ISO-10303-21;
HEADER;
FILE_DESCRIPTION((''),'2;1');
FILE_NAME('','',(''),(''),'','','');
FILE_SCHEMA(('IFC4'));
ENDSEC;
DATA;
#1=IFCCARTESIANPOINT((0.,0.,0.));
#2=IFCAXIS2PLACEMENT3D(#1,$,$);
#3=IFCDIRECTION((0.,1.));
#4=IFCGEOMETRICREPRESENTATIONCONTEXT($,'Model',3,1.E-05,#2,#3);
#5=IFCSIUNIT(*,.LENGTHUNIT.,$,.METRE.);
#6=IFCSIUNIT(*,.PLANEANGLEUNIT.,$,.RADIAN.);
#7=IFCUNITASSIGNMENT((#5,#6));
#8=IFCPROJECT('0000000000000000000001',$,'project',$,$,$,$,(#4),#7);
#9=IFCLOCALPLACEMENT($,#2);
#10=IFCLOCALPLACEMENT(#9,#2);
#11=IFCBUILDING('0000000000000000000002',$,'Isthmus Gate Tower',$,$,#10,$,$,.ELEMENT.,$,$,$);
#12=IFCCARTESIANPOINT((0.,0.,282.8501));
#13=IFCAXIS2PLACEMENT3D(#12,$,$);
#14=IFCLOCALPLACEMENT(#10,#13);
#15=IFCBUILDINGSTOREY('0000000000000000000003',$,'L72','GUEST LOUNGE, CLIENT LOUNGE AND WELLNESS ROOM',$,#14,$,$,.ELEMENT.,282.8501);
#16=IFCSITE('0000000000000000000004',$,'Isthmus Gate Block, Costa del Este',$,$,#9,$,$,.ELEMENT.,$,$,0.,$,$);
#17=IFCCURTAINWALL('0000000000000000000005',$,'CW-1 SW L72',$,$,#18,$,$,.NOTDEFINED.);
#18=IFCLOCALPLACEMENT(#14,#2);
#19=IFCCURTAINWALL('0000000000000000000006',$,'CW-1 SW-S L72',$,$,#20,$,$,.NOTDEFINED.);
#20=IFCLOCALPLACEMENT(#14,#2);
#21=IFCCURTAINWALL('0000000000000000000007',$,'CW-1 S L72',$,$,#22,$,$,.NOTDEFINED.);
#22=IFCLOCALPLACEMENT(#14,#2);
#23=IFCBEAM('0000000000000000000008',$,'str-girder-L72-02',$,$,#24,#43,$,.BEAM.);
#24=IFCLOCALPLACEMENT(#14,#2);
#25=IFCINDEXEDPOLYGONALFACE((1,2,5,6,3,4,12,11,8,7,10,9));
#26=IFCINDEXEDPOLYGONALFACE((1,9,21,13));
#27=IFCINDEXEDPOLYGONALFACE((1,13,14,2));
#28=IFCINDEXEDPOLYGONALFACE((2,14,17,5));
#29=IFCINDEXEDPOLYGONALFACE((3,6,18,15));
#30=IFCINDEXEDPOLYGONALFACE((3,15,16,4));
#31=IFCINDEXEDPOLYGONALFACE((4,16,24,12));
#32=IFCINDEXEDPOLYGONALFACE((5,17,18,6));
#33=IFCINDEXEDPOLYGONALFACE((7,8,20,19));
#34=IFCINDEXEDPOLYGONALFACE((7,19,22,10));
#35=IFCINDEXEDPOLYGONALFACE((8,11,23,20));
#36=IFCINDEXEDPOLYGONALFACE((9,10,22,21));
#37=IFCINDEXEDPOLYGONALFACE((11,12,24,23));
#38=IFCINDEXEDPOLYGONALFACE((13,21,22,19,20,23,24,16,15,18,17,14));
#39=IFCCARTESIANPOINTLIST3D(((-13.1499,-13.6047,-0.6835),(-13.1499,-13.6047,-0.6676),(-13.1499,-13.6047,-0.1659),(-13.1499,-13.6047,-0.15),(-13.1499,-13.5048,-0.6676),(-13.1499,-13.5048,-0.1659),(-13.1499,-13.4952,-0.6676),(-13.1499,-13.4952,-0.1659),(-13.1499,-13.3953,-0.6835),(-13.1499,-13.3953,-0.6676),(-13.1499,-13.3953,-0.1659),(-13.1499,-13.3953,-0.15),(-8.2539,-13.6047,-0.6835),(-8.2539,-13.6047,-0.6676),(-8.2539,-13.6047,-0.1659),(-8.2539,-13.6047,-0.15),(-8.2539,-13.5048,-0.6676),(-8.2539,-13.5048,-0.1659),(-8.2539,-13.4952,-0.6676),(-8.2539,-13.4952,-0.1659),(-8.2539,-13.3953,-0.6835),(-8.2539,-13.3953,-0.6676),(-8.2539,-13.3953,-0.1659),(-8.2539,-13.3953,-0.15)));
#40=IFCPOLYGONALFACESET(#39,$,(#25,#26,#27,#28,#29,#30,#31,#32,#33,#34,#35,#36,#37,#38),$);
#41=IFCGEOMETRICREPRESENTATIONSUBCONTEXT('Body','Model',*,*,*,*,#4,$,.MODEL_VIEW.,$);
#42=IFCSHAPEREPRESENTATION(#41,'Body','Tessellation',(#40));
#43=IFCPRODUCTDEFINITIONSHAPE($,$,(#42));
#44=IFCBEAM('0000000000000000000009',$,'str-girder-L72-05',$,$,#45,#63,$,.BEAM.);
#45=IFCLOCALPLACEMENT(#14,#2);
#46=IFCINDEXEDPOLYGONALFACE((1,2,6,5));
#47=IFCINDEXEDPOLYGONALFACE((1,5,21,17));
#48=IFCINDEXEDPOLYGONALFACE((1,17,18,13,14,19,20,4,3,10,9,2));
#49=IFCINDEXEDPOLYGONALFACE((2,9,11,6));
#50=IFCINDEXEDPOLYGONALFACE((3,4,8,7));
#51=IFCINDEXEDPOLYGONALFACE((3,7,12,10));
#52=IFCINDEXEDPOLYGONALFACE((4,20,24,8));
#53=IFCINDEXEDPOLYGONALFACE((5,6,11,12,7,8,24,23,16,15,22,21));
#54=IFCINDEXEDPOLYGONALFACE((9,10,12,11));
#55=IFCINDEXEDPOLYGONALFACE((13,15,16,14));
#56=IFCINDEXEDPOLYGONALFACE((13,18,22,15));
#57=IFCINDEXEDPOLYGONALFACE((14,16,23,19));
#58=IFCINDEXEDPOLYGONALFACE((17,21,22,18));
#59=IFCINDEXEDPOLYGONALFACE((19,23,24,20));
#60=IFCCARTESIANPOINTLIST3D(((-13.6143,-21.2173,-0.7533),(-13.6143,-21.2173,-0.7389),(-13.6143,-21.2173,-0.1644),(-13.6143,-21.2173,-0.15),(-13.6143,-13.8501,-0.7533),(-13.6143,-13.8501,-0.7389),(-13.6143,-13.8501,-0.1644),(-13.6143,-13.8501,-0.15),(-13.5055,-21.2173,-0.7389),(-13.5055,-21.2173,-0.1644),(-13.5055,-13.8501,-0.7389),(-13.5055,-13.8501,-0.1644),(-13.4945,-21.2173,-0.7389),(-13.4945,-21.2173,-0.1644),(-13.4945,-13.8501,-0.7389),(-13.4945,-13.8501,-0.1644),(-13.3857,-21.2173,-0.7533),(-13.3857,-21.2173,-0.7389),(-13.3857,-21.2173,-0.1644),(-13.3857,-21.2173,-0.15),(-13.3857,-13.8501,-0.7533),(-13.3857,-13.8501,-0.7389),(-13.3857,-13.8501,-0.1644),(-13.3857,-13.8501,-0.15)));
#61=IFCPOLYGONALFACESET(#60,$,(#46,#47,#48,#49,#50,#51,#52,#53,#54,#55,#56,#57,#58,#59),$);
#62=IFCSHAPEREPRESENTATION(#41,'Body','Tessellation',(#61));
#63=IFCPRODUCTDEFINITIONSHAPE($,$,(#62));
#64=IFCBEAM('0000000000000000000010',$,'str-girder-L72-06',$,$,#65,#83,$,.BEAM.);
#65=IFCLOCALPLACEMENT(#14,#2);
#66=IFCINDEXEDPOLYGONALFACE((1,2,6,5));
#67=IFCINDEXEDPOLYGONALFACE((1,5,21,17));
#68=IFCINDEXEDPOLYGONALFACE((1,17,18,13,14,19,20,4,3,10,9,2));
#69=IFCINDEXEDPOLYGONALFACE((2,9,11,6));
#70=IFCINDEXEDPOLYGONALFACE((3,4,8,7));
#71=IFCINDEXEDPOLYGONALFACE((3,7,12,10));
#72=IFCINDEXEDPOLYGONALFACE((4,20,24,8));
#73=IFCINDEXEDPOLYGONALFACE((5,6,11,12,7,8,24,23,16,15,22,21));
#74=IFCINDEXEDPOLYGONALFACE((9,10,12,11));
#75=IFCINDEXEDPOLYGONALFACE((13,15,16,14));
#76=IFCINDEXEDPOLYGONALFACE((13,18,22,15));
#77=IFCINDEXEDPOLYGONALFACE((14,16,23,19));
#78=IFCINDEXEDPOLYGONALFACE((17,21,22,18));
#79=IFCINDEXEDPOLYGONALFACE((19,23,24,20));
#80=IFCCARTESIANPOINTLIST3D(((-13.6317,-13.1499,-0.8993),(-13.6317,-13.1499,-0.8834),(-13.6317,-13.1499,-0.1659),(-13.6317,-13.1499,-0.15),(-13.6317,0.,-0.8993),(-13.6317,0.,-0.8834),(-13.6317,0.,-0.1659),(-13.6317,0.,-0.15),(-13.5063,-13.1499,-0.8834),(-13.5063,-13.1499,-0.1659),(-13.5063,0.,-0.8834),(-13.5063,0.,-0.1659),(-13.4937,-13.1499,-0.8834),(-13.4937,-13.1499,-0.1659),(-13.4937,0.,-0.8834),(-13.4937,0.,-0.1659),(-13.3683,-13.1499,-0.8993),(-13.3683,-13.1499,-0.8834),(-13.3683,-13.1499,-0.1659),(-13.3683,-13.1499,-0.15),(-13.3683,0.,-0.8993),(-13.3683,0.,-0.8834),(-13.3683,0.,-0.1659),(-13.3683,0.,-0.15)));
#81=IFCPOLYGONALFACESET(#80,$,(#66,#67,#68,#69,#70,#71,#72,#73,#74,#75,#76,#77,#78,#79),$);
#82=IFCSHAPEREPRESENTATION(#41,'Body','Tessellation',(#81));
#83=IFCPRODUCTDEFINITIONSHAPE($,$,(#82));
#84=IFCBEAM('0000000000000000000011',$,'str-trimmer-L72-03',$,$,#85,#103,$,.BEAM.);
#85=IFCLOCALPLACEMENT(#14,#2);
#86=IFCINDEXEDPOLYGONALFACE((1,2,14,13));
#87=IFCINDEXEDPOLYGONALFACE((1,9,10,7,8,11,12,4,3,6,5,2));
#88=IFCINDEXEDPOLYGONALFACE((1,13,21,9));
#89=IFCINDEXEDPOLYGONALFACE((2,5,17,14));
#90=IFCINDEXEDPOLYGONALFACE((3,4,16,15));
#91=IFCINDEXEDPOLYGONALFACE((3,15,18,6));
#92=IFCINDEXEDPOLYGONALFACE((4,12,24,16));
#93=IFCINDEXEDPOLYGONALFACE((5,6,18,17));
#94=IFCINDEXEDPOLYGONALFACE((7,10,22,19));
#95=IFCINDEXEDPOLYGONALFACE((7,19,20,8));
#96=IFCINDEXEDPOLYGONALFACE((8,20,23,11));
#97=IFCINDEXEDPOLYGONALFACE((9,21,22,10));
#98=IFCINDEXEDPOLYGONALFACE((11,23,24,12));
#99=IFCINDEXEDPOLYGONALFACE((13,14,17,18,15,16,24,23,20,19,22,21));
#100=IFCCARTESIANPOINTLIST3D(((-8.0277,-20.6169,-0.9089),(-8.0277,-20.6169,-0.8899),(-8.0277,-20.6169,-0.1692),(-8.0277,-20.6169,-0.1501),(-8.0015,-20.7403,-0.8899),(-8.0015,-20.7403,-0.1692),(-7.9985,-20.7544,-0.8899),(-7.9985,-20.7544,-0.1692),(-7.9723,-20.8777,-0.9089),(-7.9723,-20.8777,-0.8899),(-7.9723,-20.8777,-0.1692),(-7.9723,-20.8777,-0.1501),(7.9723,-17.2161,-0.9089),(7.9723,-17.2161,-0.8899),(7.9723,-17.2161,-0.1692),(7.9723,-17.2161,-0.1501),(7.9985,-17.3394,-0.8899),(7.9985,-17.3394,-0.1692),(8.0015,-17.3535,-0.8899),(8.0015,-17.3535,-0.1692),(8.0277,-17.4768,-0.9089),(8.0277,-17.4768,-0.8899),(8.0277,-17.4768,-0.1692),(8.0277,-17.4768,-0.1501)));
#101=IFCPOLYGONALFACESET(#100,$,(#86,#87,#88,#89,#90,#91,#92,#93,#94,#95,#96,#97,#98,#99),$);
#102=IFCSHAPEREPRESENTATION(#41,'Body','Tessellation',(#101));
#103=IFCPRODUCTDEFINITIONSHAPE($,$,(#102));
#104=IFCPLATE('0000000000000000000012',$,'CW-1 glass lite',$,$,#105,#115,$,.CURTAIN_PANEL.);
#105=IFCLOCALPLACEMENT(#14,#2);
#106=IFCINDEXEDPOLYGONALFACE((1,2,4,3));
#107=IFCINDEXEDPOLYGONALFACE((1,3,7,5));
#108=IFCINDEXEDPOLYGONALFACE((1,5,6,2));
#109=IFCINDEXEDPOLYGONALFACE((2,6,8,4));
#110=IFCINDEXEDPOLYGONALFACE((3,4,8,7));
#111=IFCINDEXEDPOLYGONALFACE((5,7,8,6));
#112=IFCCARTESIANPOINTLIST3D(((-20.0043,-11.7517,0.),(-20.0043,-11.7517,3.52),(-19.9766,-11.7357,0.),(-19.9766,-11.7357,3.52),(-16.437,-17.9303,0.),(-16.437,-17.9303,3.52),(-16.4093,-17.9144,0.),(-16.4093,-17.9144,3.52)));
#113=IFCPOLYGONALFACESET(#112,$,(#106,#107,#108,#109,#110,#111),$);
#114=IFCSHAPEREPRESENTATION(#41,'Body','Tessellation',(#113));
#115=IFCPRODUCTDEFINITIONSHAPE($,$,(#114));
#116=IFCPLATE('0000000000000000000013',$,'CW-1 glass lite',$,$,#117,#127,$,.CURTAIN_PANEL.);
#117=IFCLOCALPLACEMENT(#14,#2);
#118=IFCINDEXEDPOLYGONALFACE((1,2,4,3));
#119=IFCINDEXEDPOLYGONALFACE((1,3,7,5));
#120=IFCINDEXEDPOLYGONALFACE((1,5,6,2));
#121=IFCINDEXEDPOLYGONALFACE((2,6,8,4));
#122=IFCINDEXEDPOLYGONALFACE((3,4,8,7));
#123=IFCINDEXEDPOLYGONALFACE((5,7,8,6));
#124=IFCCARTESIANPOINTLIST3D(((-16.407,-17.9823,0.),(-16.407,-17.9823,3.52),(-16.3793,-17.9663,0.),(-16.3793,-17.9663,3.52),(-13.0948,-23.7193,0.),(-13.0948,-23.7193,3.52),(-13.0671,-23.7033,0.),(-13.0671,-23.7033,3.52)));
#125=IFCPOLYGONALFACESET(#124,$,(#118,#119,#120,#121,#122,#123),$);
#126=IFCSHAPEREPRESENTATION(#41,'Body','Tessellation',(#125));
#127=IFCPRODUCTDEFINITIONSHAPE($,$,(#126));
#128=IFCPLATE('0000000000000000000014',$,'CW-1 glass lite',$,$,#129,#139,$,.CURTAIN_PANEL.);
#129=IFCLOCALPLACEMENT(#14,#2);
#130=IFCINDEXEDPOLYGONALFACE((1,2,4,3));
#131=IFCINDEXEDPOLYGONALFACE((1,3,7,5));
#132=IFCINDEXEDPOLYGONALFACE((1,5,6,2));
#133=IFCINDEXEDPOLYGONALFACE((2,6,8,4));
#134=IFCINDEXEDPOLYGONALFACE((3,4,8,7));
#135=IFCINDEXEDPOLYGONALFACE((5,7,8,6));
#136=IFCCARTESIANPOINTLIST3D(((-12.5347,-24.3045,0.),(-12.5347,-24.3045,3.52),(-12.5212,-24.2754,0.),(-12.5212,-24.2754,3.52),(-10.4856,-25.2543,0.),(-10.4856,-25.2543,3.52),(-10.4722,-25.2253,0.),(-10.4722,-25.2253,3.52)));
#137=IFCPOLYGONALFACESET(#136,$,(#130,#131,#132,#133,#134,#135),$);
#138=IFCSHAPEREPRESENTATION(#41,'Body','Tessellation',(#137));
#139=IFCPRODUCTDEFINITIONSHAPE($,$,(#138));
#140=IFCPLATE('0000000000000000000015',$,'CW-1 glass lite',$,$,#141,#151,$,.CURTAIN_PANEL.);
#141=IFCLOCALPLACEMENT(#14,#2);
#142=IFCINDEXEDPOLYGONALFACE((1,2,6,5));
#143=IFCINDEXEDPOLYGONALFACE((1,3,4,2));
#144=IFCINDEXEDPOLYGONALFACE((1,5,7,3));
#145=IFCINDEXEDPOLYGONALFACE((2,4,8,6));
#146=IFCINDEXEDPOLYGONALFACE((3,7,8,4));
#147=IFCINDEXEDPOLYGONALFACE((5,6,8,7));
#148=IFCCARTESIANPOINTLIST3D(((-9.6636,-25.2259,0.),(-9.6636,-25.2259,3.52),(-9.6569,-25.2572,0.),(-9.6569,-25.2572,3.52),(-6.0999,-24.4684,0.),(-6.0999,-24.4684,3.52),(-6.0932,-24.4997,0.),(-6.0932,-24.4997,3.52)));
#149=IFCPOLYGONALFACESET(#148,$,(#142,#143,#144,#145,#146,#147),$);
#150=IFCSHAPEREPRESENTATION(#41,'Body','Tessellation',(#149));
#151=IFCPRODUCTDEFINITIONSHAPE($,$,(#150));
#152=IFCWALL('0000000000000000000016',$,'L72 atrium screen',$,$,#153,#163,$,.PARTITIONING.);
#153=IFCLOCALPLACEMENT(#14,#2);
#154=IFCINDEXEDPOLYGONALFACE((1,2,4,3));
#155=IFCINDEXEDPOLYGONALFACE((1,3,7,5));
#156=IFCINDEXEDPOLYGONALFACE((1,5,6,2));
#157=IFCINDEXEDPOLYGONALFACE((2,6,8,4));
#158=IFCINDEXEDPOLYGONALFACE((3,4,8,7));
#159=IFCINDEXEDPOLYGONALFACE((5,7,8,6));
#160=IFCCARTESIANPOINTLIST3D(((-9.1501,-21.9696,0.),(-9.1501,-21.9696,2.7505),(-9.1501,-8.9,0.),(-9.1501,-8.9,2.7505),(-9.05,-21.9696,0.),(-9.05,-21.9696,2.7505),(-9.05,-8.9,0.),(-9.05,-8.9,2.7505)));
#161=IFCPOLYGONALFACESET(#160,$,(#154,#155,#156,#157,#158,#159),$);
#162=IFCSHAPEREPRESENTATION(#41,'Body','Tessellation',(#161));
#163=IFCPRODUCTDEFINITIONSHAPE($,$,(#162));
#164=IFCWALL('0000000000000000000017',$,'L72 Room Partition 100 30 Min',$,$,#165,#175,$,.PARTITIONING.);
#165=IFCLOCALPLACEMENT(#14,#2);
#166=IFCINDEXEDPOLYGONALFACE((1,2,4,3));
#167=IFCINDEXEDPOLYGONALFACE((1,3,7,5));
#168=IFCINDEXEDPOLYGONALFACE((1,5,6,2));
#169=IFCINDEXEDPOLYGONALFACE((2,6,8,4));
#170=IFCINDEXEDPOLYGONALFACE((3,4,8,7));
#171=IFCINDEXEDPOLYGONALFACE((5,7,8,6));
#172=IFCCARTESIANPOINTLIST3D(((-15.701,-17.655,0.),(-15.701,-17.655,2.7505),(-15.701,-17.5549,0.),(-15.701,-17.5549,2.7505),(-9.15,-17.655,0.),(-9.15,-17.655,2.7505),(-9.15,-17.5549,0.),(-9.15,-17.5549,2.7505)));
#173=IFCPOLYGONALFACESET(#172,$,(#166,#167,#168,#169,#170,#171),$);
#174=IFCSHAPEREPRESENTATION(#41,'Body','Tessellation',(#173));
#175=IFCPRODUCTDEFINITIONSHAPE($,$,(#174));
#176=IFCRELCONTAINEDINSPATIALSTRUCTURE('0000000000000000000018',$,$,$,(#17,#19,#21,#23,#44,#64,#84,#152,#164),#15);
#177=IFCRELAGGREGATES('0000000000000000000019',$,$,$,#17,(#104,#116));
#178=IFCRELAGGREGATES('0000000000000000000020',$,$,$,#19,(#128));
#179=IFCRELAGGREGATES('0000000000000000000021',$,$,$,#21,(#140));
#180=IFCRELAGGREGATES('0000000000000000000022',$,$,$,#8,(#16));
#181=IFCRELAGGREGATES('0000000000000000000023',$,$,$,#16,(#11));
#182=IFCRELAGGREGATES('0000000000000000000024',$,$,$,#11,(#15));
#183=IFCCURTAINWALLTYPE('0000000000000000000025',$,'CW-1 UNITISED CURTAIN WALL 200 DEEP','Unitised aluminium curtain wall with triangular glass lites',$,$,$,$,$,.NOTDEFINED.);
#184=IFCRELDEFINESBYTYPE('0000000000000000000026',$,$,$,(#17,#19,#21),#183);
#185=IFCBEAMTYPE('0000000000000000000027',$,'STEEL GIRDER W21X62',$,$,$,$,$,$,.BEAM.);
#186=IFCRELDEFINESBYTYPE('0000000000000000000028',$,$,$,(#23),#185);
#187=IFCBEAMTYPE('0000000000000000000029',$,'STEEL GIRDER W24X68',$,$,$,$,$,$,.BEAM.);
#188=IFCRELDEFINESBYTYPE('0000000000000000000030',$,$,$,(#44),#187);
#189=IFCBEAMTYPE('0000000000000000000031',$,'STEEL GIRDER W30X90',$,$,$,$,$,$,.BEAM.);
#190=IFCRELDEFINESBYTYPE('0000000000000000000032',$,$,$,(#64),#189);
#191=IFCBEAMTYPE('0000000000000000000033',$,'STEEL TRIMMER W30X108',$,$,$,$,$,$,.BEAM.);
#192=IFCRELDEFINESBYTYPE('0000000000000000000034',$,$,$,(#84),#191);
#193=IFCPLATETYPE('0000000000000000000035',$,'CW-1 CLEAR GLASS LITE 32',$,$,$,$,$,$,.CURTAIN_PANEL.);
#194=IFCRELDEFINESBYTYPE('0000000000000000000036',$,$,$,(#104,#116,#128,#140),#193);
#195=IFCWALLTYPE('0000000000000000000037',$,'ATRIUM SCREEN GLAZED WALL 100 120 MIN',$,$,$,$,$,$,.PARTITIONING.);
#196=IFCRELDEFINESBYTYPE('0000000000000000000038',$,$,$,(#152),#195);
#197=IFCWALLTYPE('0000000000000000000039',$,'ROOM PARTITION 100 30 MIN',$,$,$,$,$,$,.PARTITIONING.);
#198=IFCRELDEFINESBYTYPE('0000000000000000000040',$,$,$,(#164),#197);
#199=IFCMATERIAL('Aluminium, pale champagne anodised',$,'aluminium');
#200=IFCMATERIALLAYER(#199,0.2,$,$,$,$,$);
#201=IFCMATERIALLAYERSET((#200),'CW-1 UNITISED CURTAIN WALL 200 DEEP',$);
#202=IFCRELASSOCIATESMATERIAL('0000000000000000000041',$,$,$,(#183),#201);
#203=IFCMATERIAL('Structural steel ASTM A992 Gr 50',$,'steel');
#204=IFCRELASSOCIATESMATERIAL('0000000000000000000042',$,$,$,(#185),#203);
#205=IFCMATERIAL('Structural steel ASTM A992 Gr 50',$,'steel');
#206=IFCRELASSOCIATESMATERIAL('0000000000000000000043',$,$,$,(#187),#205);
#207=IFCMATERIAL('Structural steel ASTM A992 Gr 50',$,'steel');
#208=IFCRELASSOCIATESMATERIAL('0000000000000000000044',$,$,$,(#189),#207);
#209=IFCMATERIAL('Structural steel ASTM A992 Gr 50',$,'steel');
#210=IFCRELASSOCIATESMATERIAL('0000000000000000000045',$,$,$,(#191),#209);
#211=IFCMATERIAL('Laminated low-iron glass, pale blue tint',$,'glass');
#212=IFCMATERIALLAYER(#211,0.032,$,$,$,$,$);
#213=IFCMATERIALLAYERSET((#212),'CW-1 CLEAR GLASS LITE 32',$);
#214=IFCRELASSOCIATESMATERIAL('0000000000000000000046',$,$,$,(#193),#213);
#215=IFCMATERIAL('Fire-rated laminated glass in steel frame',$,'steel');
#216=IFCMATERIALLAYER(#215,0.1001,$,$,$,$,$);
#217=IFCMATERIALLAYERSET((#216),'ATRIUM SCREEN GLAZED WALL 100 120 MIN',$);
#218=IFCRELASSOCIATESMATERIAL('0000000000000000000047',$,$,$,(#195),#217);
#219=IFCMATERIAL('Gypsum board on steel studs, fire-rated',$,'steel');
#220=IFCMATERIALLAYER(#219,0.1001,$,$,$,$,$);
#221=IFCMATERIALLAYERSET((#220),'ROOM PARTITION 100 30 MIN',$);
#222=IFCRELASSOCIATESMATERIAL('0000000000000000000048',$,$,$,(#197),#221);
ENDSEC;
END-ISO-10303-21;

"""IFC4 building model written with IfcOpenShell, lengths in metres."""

from ifc_helpers import new_model, si_unit, direction, frame, frame_2d, origin, origin_2d, place, context, subcontext, project, spatial, rectangle, i_section, extrude, material, layer, layer_set, material_profile, profile_set, type_object, element, aggregate, save


model = new_model("IFC4")

# Units and contexts
model_context = context("Model", 3, precision=1e-05, world=origin(), true_north=direction((0.0, 1.0)))
body_context = subcontext(model_context, "Body", "Model", "MODEL_VIEW")
ifc_project = project(units=[si_unit("LENGTHUNIT", "METRE"), si_unit("PLANEANGLEUNIT", "RADIAN")], contexts=[model_context])

# Site, building, storey
site_placement = place(None, origin())
site = spatial("IfcSite", under=ifc_project, at=site_placement, Name="Isthmus Gate Block, Costa del Este", CompositionType="ELEMENT", RefElevation=0.0)
building_placement = place(site_placement, origin())
building = spatial("IfcBuilding", under=site, at=building_placement, Name="Isthmus Gate Tower", CompositionType="ELEMENT")
storey_placement = place(building_placement, frame((0.0, 0.0, 282.8501)))
storey = spatial("IfcBuildingStorey", under=building, at=storey_placement, Name="L72", Description="GUEST LOUNGE, CLIENT LOUNGE AND WELLNESS ROOM", CompositionType="ELEMENT", Elevation=282.8501)

# Curtain walls
ifc_material_1 = material(Name="Aluminium, pale champagne anodised", Category="aluminium")
ifc_layer_1 = layer(ifc_material_1, 0.2)
ifc_layer_set_1 = layer_set([ifc_layer_1], Name="CW-1 UNITISED CURTAIN WALL 200 DEEP")
curtain_wall_type = type_object("IfcCurtainWallType", Name="CW-1 UNITISED CURTAIN WALL 200 DEEP", Description="Unitised aluminium curtain wall with triangular glass lites", PredefinedType="NOTDEFINED", material=ifc_layer_set_1)
curtain_wall_1_placement = place(storey_placement, origin())
curtain_wall_1 = element("IfcCurtainWall", 1, at=curtain_wall_1_placement, inside=storey, type_object=curtain_wall_type, Name="CW-1 SW L72", PredefinedType="NOTDEFINED")
curtain_wall_2_placement = place(storey_placement, origin())
curtain_wall_2 = element("IfcCurtainWall", 2, at=curtain_wall_2_placement, inside=storey, type_object=curtain_wall_type, Name="CW-1 SW-S L72", PredefinedType="NOTDEFINED")

# Curtain wall
curtain_wall_3_placement = place(storey_placement, origin())
curtain_wall_3 = element("IfcCurtainWall", 3, at=curtain_wall_3_placement, inside=storey, type_object=curtain_wall_type, Name="CW-1 S L72", PredefinedType="NOTDEFINED")

# Beams
ifc_material_2 = material(Name="Structural steel ASTM A992 Gr 50", Category="steel")
ifc_material_profile_1 = material_profile(ifc_material_2, i_section(OverallWidth=0.2095, OverallDepth=0.5334, WebThickness=0.0095, FlangeThickness=0.0159, at=origin_2d()), Name="W21X62")
ifc_profile_set_1 = profile_set([ifc_material_profile_1], Name="Structural steel ASTM A992 Gr 50")
beam_type_1 = type_object("IfcBeamType", Name="STEEL GIRDER W21X62", PredefinedType="BEAM", material=ifc_profile_set_1)
beam_1_placement = place(storey_placement, frame((-13.1499, -13.5, -0.4167), z_axis=(1.0, 0.0, 0.0), x_axis=(0.0, 1.0, 0.0)))
element("IfcBeam", 4, at=beam_1_placement, inside=storey, type_object=beam_type_1, Name="str-girder-L72-02", PredefinedType="BEAM", context=body_context, shape_type="SweptSolid", body=[
    extrude(i_section(OverallWidth=0.2095, OverallDepth=0.5334, WebThickness=0.0095, FlangeThickness=0.0159, at=origin_2d()), origin(), (0.0, 0.0, 1.0), 4.896),
])
ifc_material_3 = material(Name="Structural steel ASTM A992 Gr 50", Category="steel")
ifc_material_profile_2 = material_profile(ifc_material_3, i_section(OverallWidth=0.2285, OverallDepth=0.6033, WebThickness=0.011, FlangeThickness=0.0144, at=origin_2d()), Name="W24X68")
ifc_profile_set_2 = profile_set([ifc_material_profile_2], Name="Structural steel ASTM A992 Gr 50")
beam_type_2 = type_object("IfcBeamType", Name="STEEL GIRDER W24X68", PredefinedType="BEAM", material=ifc_profile_set_2)
beam_2_placement = place(storey_placement, frame((-13.5, -21.2173, -0.4517), z_axis=(0.0, 1.0, 0.0), x_axis=(-1.0, 0.0, 0.0)))
element("IfcBeam", 5, at=beam_2_placement, inside=storey, type_object=beam_type_2, Name="str-girder-L72-05", PredefinedType="BEAM", context=body_context, shape_type="SweptSolid", body=[
    extrude(i_section(OverallWidth=0.2285, OverallDepth=0.6033, WebThickness=0.011, FlangeThickness=0.0144, at=origin_2d()), origin(), (0.0, 0.0, 1.0), 7.3672),
])
ifc_material_4 = material(Name="Structural steel ASTM A992 Gr 50", Category="steel")
ifc_material_profile_3 = material_profile(ifc_material_4, i_section(OverallWidth=0.2634, OverallDepth=0.7493, WebThickness=0.0127, FlangeThickness=0.0159, at=origin_2d()), Name="W30X90")
ifc_profile_set_3 = profile_set([ifc_material_profile_3], Name="Structural steel ASTM A992 Gr 50")
beam_type_3 = type_object("IfcBeamType", Name="STEEL GIRDER W30X90", PredefinedType="BEAM", material=ifc_profile_set_3)
beam_3_placement = place(storey_placement, frame((-13.5, -13.1499, -0.5247), z_axis=(0.0, 1.0, 0.0), x_axis=(-1.0, 0.0, 0.0)))
element("IfcBeam", 6, at=beam_3_placement, inside=storey, type_object=beam_type_3, Name="str-girder-L72-06", PredefinedType="BEAM", context=body_context, shape_type="SweptSolid", body=[
    extrude(i_section(OverallWidth=0.2634, OverallDepth=0.7493, WebThickness=0.0127, FlangeThickness=0.0159, at=origin_2d()), origin(), (0.0, 0.0, 1.0), 13.1499),
])
ifc_material_5 = material(Name="Structural steel ASTM A992 Gr 50", Category="steel")
ifc_material_profile_4 = material_profile(ifc_material_5, i_section(OverallWidth=0.2666, OverallDepth=0.7588, WebThickness=0.0144, FlangeThickness=0.019, at=origin_2d()), Name="W30X108")
ifc_profile_set_4 = profile_set([ifc_material_profile_4], Name="Structural steel ASTM A992 Gr 50")
beam_type_4 = type_object("IfcBeamType", Name="STEEL TRIMMER W30X108", PredefinedType="BEAM", material=ifc_profile_set_4)
beam_4_placement = place(storey_placement, frame((-8.0, -20.7473, -0.5295), z_axis=(0.978148, 0.20791, 0.0), x_axis=(-0.20791, 0.978148, 0.0)))
element("IfcBeam", 7, at=beam_4_placement, inside=storey, type_object=beam_type_4, Name="str-trimmer-L72-03", PredefinedType="BEAM", context=body_context, shape_type="SweptSolid", body=[
    extrude(i_section(OverallWidth=0.2666, OverallDepth=0.7588, WebThickness=0.0144, FlangeThickness=0.019, at=origin_2d()), origin(), (0.0, 0.0, 1.0), 16.3574),
])

# Plates
ifc_material_6 = material(Name="Laminated low-iron glass, pale blue tint", Category="glass")
ifc_layer_2 = layer(ifc_material_6, 0.032)
ifc_layer_set_2 = layer_set([ifc_layer_2], Name="CW-1 CLEAR GLASS LITE 32")
plate_type = type_object("IfcPlateType", Name="CW-1 CLEAR GLASS LITE 32", PredefinedType="CURTAIN_PANEL", material=ifc_layer_set_2)
plate_1_placement = place(storey_placement, frame((-18.2068, -14.833, 0.0), z_axis=(0.0, 0.0, 1.0), x_axis=(0.5, -0.866025, 0.0)))
plate_1 = element("IfcPlate", 8, at=plate_1_placement, type_object=plate_type, Name="CW-1 glass lite", PredefinedType="CURTAIN_PANEL", context=body_context, shape_type="SweptSolid", body=[
    extrude(rectangle(XDim=7.1345, YDim=0.032, at=origin_2d()), origin(), (0.0, 0.0, 1.0), 3.52),
])
plate_2_placement = place(storey_placement, frame((-14.7371, -20.8428, 0.0), z_axis=(0.0, 0.0, 1.0), x_axis=(0.5, -0.866025, 0.0)))
plate_2 = element("IfcPlate", 9, at=plate_2_placement, type_object=plate_type, Name="CW-1 glass lite", PredefinedType="CURTAIN_PANEL", context=body_context, shape_type="SweptSolid", body=[
    extrude(rectangle(XDim=6.6245, YDim=0.032, at=origin_2d()), origin(), (0.0, 0.0, 1.0), 3.52),
])
aggregate(curtain_wall_1, [plate_1, plate_2])
plate_3_placement = place(storey_placement, frame((-11.5034, -24.7649, 0.0), z_axis=(0.0, 0.0, 1.0), x_axis=(0.907256, -0.420578, 0.0)))
plate_3 = element("IfcPlate", 10, at=plate_3_placement, type_object=plate_type, Name="CW-1 glass lite", PredefinedType="CURTAIN_PANEL", context=body_context, shape_type="SweptSolid", body=[
    extrude(rectangle(XDim=2.2585, YDim=0.032, at=origin_2d()), origin(), (0.0, 0.0, 1.0), 3.52),
])
aggregate(curtain_wall_2, [plate_3])
plate_4_placement = place(storey_placement, frame((-7.8784, -24.8628, 0.0), z_axis=(0.0, 0.0, 1.0), x_axis=(0.978148, 0.207912, 0.0)))
plate_4 = element("IfcPlate", 11, at=plate_4_placement, type_object=plate_type, Name="CW-1 glass lite", PredefinedType="CURTAIN_PANEL", context=body_context, shape_type="SweptSolid", body=[
    extrude(rectangle(XDim=3.6433, YDim=0.032, at=origin_2d()), origin(), (0.0, 0.0, 1.0), 3.52),
])

# Walls
ifc_material_7 = material(Name="Fire-rated laminated glass in steel frame", Category="steel")
ifc_layer_3 = layer(ifc_material_7, 0.1001)
ifc_layer_set_3 = layer_set([ifc_layer_3], Name="ATRIUM SCREEN GLAZED WALL 100 120 MIN")
wall_type_1 = type_object("IfcWallType", Name="ATRIUM SCREEN GLAZED WALL 100 120 MIN", PredefinedType="PARTITIONING", material=ifc_layer_set_3)
wall_1_placement = place(storey_placement, frame((-9.1001, -21.9695, 0.0), z_axis=(0.0, 0.0, 1.0), x_axis=(0.0, 1.0, 0.0)))
element("IfcWall", 12, at=wall_1_placement, inside=storey, type_object=wall_type_1, Name="L72 atrium screen", PredefinedType="PARTITIONING", context=body_context, shape_type="SweptSolid", body=[
    extrude(rectangle(XDim=13.0696, YDim=0.1001, at=frame_2d((6.5347, 0.0))), origin(), (0.0, 0.0, 1.0), 2.7505),
])
ifc_material_8 = material(Name="Gypsum board on steel studs, fire-rated", Category="steel")
ifc_layer_4 = layer(ifc_material_8, 0.1001)
ifc_layer_set_4 = layer_set([ifc_layer_4], Name="ROOM PARTITION 100 30 MIN")
wall_type_2 = type_object("IfcWallType", Name="ROOM PARTITION 100 30 MIN", PredefinedType="PARTITIONING", material=ifc_layer_set_4)
wall_2_placement = place(storey_placement, frame((-15.7009, -17.605, 0.0), z_axis=(0.0, 0.0, 1.0), x_axis=(1.0, 0.0, 0.0)))
element("IfcWall", 13, at=wall_2_placement, inside=storey, type_object=wall_type_2, Name="L72 Room Partition 100 30 Min", PredefinedType="PARTITIONING", context=body_context, shape_type="SweptSolid", body=[
    extrude(rectangle(XDim=6.551, YDim=0.1001, at=frame_2d((3.2754, 0.0))), origin(), (0.0, 0.0, 1.0), 2.7505),
])

aggregate(curtain_wall_3, [plate_4])

save(model, "model.ifc")
